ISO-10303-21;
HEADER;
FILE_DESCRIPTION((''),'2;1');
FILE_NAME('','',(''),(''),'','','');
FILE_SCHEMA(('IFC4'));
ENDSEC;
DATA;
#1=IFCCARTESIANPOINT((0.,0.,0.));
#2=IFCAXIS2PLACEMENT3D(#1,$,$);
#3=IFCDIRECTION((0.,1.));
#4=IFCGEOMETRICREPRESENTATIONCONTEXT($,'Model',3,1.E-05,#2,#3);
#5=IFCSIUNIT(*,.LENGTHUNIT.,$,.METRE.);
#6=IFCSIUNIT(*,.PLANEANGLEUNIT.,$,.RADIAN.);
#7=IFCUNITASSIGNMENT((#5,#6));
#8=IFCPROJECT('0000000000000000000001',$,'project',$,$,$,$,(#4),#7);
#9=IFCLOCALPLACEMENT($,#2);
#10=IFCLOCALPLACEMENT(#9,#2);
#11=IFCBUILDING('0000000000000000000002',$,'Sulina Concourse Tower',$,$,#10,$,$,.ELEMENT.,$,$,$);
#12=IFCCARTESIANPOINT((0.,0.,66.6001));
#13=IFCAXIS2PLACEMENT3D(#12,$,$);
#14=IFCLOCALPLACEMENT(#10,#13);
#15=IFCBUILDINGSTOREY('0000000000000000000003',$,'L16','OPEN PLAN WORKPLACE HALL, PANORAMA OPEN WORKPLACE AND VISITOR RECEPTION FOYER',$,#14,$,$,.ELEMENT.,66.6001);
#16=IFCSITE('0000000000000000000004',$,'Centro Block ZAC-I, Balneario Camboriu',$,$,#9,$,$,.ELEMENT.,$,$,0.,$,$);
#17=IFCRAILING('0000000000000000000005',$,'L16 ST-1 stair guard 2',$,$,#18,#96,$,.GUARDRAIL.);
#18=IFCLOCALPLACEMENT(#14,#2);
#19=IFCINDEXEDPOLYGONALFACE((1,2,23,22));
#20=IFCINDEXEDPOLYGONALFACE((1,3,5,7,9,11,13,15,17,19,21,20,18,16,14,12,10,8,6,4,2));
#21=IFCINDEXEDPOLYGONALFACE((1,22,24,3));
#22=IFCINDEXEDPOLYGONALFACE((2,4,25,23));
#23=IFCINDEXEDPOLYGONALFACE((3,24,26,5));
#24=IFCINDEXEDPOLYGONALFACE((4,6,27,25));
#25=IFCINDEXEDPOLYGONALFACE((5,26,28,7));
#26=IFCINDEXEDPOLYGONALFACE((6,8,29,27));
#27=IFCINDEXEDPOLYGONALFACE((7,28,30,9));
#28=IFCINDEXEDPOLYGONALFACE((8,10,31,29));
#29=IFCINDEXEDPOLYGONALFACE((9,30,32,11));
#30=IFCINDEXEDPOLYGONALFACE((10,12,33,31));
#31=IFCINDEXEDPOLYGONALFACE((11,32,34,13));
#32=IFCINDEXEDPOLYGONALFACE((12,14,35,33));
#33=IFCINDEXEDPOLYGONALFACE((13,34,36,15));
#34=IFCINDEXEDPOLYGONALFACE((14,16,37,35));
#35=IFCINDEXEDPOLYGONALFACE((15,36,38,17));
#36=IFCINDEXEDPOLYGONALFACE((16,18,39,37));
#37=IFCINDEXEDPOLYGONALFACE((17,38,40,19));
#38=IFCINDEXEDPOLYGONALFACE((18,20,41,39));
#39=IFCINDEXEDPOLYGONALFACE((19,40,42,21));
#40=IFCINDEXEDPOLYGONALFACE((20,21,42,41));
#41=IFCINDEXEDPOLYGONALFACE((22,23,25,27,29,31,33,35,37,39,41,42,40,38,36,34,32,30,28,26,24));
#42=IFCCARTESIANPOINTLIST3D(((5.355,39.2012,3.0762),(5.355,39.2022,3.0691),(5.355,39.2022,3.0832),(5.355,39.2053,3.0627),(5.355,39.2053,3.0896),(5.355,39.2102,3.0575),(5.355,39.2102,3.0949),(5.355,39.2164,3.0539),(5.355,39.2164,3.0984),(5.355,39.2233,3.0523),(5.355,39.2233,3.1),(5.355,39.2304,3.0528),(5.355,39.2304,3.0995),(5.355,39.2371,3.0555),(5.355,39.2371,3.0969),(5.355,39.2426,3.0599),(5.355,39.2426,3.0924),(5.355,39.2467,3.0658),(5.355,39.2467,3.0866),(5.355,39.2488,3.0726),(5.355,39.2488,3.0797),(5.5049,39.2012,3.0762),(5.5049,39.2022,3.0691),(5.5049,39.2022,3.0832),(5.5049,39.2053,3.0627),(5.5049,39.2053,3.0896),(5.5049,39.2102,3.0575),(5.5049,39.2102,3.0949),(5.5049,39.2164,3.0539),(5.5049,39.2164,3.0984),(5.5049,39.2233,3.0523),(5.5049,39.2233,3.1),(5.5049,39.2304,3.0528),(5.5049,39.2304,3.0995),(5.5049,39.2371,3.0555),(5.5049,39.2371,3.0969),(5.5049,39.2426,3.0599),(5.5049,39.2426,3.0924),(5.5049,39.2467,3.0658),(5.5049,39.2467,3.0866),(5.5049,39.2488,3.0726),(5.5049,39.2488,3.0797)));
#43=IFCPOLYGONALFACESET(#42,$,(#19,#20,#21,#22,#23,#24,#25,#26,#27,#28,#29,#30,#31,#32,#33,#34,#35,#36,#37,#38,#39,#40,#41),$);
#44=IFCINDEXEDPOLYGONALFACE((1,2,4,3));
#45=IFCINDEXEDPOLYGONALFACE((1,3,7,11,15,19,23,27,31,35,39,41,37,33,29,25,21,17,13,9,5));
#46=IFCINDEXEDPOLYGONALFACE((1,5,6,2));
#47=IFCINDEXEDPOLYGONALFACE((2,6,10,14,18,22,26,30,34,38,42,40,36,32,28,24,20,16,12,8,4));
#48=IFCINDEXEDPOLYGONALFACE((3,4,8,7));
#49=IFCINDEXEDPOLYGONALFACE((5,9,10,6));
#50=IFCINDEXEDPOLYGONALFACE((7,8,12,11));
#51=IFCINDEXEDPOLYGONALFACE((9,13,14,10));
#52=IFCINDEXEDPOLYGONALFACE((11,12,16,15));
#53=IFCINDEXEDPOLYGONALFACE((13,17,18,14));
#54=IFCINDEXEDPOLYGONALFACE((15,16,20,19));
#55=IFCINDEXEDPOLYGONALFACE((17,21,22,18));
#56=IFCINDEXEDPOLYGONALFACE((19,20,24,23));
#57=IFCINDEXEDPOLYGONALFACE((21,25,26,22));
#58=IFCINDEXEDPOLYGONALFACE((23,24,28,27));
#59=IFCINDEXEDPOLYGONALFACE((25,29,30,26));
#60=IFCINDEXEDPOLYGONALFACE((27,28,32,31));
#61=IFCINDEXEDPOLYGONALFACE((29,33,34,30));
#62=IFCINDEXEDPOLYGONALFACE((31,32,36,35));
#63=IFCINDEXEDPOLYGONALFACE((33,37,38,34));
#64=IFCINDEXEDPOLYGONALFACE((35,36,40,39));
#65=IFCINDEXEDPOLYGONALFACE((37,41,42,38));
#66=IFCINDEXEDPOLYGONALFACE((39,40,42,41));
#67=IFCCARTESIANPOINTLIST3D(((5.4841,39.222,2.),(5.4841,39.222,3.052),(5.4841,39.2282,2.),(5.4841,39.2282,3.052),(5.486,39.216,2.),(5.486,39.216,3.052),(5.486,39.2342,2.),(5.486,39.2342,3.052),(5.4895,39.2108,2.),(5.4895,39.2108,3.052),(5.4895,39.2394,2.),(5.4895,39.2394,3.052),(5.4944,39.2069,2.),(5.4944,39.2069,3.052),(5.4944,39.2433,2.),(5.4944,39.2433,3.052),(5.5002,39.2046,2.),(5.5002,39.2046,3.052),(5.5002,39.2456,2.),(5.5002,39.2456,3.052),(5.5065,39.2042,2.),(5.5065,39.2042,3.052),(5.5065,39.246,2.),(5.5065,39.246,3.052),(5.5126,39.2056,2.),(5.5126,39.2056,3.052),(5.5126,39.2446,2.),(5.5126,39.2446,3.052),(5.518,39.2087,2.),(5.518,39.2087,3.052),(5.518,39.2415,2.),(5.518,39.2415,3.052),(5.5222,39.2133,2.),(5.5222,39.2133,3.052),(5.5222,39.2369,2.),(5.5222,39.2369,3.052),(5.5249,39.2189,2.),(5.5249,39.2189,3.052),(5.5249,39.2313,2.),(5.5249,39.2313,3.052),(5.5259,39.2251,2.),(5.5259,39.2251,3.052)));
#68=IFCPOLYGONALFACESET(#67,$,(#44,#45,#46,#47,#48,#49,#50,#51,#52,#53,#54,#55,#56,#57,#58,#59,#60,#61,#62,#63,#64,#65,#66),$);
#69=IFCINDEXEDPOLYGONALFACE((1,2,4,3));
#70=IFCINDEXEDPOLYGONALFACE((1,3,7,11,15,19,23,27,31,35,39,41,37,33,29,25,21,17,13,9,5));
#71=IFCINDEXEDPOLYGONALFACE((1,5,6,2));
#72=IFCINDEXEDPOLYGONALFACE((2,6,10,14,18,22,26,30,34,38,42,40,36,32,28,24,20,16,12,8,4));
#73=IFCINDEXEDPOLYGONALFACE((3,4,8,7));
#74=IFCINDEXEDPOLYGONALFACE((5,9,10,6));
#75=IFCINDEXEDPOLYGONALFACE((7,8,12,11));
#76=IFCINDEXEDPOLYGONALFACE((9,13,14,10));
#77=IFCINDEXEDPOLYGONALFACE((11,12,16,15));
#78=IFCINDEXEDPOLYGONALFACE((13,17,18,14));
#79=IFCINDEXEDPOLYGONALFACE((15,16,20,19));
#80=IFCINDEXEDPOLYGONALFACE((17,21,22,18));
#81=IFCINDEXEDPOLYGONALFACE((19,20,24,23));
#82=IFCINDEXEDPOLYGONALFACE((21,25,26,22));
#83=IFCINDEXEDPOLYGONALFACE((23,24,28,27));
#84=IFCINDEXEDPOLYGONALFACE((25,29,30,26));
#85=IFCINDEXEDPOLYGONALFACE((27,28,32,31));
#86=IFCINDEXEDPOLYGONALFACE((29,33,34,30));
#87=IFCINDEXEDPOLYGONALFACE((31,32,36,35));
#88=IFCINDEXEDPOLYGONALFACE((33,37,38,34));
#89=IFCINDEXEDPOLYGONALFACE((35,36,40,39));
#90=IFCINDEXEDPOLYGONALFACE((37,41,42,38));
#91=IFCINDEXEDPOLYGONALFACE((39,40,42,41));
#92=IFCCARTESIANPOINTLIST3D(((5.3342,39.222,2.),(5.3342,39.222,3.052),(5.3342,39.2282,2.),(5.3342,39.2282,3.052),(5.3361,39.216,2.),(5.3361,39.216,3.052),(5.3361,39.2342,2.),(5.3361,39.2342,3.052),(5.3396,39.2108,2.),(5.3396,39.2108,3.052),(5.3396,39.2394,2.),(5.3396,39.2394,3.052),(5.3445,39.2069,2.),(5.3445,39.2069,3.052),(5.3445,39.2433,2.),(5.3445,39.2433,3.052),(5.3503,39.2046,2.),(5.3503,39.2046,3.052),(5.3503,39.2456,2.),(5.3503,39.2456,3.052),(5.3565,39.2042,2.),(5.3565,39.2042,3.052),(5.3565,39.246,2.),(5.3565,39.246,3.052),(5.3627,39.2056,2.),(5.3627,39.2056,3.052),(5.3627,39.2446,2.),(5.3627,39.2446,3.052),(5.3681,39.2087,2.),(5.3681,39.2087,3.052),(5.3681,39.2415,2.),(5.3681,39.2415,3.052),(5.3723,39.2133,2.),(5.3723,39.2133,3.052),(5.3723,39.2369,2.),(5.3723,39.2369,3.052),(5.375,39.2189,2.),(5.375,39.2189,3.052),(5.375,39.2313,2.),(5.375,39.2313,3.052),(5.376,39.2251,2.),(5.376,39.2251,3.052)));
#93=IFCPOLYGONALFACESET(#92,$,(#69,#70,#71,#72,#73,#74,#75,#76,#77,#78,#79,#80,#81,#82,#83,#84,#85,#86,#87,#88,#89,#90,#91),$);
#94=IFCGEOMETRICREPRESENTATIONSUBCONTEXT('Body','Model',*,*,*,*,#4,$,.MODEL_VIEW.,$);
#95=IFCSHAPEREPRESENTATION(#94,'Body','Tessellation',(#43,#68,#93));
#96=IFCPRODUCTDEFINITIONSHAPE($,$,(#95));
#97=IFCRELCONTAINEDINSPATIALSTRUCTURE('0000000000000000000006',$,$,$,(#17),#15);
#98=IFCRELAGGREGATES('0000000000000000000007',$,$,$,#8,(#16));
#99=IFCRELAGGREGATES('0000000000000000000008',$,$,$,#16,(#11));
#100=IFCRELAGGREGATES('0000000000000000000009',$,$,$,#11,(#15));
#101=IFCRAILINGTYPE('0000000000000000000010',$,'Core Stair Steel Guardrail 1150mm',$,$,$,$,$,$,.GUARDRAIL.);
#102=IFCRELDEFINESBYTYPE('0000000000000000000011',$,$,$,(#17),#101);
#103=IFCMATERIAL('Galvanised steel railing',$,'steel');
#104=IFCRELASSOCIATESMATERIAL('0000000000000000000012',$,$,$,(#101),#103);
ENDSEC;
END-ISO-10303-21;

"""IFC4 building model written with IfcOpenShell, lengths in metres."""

from ifc_helpers import new_model, si_unit, direction, frame, origin, origin_2d, place, context, subcontext, project, spatial, circle, extrude, material, type_object, element, save


model = new_model("IFC4")

# Units and contexts
model_context = context("Model", 3, precision=1e-05, world=origin(), true_north=direction((0.0, 1.0)))
body_context = subcontext(model_context, "Body", "Model", "MODEL_VIEW")
ifc_project = project(units=[si_unit("LENGTHUNIT", "METRE"), si_unit("PLANEANGLEUNIT", "RADIAN")], contexts=[model_context])

# Site, building, storey
site_placement = place(None, origin())
site = spatial("IfcSite", under=ifc_project, at=site_placement, Name="Centro Block ZAC-I, Balneario Camboriu", CompositionType="ELEMENT", RefElevation=0.0)
building_placement = place(site_placement, origin())
building = spatial("IfcBuilding", under=site, at=building_placement, Name="Sulina Concourse Tower", CompositionType="ELEMENT")
storey_placement = place(building_placement, frame((0.0, 0.0, 66.6001)))
storey = spatial("IfcBuildingStorey", under=building, at=storey_placement, Name="L16", Description="OPEN PLAN WORKPLACE HALL, PANORAMA OPEN WORKPLACE AND VISITOR RECEPTION FOYER", CompositionType="ELEMENT", Elevation=66.6001)

# Railing
ifc_material_1 = material(Name="Galvanised steel railing", Category="steel")
railing_type_1 = type_object("IfcRailingType", Name="Core Stair Steel Guardrail 1150mm", PredefinedType="GUARDRAIL", material=ifc_material_1)
railing_1_placement = place(storey_placement, frame((5.5049, 39.2251, 2.0)))
element("IfcRailing", 1, at=railing_1_placement, inside=storey, type_object=railing_type_1, Name="L16 ST-1 stair guard 2", PredefinedType="GUARDRAIL", context=body_context, shape_type="SweptSolid", body=[
    extrude(circle(Radius=0.0239, at=origin_2d()), frame((0.0, 0.0, 1.0762), z_axis=(-1.0, 0.0, 0.0), x_axis=(0.0, -1.0, 0.0)), (0.0, 0.0, 1.0), 0.1499),
    extrude(circle(Radius=0.021, at=origin_2d()), origin(), (0.0, 0.0, 1.0), 1.052),
    extrude(circle(Radius=0.021, at=origin_2d()), frame((-0.1499, 0.0, 0.0)), (0.0, 0.0, 1.0), 1.052),
])

save(model, "model.ifc")
